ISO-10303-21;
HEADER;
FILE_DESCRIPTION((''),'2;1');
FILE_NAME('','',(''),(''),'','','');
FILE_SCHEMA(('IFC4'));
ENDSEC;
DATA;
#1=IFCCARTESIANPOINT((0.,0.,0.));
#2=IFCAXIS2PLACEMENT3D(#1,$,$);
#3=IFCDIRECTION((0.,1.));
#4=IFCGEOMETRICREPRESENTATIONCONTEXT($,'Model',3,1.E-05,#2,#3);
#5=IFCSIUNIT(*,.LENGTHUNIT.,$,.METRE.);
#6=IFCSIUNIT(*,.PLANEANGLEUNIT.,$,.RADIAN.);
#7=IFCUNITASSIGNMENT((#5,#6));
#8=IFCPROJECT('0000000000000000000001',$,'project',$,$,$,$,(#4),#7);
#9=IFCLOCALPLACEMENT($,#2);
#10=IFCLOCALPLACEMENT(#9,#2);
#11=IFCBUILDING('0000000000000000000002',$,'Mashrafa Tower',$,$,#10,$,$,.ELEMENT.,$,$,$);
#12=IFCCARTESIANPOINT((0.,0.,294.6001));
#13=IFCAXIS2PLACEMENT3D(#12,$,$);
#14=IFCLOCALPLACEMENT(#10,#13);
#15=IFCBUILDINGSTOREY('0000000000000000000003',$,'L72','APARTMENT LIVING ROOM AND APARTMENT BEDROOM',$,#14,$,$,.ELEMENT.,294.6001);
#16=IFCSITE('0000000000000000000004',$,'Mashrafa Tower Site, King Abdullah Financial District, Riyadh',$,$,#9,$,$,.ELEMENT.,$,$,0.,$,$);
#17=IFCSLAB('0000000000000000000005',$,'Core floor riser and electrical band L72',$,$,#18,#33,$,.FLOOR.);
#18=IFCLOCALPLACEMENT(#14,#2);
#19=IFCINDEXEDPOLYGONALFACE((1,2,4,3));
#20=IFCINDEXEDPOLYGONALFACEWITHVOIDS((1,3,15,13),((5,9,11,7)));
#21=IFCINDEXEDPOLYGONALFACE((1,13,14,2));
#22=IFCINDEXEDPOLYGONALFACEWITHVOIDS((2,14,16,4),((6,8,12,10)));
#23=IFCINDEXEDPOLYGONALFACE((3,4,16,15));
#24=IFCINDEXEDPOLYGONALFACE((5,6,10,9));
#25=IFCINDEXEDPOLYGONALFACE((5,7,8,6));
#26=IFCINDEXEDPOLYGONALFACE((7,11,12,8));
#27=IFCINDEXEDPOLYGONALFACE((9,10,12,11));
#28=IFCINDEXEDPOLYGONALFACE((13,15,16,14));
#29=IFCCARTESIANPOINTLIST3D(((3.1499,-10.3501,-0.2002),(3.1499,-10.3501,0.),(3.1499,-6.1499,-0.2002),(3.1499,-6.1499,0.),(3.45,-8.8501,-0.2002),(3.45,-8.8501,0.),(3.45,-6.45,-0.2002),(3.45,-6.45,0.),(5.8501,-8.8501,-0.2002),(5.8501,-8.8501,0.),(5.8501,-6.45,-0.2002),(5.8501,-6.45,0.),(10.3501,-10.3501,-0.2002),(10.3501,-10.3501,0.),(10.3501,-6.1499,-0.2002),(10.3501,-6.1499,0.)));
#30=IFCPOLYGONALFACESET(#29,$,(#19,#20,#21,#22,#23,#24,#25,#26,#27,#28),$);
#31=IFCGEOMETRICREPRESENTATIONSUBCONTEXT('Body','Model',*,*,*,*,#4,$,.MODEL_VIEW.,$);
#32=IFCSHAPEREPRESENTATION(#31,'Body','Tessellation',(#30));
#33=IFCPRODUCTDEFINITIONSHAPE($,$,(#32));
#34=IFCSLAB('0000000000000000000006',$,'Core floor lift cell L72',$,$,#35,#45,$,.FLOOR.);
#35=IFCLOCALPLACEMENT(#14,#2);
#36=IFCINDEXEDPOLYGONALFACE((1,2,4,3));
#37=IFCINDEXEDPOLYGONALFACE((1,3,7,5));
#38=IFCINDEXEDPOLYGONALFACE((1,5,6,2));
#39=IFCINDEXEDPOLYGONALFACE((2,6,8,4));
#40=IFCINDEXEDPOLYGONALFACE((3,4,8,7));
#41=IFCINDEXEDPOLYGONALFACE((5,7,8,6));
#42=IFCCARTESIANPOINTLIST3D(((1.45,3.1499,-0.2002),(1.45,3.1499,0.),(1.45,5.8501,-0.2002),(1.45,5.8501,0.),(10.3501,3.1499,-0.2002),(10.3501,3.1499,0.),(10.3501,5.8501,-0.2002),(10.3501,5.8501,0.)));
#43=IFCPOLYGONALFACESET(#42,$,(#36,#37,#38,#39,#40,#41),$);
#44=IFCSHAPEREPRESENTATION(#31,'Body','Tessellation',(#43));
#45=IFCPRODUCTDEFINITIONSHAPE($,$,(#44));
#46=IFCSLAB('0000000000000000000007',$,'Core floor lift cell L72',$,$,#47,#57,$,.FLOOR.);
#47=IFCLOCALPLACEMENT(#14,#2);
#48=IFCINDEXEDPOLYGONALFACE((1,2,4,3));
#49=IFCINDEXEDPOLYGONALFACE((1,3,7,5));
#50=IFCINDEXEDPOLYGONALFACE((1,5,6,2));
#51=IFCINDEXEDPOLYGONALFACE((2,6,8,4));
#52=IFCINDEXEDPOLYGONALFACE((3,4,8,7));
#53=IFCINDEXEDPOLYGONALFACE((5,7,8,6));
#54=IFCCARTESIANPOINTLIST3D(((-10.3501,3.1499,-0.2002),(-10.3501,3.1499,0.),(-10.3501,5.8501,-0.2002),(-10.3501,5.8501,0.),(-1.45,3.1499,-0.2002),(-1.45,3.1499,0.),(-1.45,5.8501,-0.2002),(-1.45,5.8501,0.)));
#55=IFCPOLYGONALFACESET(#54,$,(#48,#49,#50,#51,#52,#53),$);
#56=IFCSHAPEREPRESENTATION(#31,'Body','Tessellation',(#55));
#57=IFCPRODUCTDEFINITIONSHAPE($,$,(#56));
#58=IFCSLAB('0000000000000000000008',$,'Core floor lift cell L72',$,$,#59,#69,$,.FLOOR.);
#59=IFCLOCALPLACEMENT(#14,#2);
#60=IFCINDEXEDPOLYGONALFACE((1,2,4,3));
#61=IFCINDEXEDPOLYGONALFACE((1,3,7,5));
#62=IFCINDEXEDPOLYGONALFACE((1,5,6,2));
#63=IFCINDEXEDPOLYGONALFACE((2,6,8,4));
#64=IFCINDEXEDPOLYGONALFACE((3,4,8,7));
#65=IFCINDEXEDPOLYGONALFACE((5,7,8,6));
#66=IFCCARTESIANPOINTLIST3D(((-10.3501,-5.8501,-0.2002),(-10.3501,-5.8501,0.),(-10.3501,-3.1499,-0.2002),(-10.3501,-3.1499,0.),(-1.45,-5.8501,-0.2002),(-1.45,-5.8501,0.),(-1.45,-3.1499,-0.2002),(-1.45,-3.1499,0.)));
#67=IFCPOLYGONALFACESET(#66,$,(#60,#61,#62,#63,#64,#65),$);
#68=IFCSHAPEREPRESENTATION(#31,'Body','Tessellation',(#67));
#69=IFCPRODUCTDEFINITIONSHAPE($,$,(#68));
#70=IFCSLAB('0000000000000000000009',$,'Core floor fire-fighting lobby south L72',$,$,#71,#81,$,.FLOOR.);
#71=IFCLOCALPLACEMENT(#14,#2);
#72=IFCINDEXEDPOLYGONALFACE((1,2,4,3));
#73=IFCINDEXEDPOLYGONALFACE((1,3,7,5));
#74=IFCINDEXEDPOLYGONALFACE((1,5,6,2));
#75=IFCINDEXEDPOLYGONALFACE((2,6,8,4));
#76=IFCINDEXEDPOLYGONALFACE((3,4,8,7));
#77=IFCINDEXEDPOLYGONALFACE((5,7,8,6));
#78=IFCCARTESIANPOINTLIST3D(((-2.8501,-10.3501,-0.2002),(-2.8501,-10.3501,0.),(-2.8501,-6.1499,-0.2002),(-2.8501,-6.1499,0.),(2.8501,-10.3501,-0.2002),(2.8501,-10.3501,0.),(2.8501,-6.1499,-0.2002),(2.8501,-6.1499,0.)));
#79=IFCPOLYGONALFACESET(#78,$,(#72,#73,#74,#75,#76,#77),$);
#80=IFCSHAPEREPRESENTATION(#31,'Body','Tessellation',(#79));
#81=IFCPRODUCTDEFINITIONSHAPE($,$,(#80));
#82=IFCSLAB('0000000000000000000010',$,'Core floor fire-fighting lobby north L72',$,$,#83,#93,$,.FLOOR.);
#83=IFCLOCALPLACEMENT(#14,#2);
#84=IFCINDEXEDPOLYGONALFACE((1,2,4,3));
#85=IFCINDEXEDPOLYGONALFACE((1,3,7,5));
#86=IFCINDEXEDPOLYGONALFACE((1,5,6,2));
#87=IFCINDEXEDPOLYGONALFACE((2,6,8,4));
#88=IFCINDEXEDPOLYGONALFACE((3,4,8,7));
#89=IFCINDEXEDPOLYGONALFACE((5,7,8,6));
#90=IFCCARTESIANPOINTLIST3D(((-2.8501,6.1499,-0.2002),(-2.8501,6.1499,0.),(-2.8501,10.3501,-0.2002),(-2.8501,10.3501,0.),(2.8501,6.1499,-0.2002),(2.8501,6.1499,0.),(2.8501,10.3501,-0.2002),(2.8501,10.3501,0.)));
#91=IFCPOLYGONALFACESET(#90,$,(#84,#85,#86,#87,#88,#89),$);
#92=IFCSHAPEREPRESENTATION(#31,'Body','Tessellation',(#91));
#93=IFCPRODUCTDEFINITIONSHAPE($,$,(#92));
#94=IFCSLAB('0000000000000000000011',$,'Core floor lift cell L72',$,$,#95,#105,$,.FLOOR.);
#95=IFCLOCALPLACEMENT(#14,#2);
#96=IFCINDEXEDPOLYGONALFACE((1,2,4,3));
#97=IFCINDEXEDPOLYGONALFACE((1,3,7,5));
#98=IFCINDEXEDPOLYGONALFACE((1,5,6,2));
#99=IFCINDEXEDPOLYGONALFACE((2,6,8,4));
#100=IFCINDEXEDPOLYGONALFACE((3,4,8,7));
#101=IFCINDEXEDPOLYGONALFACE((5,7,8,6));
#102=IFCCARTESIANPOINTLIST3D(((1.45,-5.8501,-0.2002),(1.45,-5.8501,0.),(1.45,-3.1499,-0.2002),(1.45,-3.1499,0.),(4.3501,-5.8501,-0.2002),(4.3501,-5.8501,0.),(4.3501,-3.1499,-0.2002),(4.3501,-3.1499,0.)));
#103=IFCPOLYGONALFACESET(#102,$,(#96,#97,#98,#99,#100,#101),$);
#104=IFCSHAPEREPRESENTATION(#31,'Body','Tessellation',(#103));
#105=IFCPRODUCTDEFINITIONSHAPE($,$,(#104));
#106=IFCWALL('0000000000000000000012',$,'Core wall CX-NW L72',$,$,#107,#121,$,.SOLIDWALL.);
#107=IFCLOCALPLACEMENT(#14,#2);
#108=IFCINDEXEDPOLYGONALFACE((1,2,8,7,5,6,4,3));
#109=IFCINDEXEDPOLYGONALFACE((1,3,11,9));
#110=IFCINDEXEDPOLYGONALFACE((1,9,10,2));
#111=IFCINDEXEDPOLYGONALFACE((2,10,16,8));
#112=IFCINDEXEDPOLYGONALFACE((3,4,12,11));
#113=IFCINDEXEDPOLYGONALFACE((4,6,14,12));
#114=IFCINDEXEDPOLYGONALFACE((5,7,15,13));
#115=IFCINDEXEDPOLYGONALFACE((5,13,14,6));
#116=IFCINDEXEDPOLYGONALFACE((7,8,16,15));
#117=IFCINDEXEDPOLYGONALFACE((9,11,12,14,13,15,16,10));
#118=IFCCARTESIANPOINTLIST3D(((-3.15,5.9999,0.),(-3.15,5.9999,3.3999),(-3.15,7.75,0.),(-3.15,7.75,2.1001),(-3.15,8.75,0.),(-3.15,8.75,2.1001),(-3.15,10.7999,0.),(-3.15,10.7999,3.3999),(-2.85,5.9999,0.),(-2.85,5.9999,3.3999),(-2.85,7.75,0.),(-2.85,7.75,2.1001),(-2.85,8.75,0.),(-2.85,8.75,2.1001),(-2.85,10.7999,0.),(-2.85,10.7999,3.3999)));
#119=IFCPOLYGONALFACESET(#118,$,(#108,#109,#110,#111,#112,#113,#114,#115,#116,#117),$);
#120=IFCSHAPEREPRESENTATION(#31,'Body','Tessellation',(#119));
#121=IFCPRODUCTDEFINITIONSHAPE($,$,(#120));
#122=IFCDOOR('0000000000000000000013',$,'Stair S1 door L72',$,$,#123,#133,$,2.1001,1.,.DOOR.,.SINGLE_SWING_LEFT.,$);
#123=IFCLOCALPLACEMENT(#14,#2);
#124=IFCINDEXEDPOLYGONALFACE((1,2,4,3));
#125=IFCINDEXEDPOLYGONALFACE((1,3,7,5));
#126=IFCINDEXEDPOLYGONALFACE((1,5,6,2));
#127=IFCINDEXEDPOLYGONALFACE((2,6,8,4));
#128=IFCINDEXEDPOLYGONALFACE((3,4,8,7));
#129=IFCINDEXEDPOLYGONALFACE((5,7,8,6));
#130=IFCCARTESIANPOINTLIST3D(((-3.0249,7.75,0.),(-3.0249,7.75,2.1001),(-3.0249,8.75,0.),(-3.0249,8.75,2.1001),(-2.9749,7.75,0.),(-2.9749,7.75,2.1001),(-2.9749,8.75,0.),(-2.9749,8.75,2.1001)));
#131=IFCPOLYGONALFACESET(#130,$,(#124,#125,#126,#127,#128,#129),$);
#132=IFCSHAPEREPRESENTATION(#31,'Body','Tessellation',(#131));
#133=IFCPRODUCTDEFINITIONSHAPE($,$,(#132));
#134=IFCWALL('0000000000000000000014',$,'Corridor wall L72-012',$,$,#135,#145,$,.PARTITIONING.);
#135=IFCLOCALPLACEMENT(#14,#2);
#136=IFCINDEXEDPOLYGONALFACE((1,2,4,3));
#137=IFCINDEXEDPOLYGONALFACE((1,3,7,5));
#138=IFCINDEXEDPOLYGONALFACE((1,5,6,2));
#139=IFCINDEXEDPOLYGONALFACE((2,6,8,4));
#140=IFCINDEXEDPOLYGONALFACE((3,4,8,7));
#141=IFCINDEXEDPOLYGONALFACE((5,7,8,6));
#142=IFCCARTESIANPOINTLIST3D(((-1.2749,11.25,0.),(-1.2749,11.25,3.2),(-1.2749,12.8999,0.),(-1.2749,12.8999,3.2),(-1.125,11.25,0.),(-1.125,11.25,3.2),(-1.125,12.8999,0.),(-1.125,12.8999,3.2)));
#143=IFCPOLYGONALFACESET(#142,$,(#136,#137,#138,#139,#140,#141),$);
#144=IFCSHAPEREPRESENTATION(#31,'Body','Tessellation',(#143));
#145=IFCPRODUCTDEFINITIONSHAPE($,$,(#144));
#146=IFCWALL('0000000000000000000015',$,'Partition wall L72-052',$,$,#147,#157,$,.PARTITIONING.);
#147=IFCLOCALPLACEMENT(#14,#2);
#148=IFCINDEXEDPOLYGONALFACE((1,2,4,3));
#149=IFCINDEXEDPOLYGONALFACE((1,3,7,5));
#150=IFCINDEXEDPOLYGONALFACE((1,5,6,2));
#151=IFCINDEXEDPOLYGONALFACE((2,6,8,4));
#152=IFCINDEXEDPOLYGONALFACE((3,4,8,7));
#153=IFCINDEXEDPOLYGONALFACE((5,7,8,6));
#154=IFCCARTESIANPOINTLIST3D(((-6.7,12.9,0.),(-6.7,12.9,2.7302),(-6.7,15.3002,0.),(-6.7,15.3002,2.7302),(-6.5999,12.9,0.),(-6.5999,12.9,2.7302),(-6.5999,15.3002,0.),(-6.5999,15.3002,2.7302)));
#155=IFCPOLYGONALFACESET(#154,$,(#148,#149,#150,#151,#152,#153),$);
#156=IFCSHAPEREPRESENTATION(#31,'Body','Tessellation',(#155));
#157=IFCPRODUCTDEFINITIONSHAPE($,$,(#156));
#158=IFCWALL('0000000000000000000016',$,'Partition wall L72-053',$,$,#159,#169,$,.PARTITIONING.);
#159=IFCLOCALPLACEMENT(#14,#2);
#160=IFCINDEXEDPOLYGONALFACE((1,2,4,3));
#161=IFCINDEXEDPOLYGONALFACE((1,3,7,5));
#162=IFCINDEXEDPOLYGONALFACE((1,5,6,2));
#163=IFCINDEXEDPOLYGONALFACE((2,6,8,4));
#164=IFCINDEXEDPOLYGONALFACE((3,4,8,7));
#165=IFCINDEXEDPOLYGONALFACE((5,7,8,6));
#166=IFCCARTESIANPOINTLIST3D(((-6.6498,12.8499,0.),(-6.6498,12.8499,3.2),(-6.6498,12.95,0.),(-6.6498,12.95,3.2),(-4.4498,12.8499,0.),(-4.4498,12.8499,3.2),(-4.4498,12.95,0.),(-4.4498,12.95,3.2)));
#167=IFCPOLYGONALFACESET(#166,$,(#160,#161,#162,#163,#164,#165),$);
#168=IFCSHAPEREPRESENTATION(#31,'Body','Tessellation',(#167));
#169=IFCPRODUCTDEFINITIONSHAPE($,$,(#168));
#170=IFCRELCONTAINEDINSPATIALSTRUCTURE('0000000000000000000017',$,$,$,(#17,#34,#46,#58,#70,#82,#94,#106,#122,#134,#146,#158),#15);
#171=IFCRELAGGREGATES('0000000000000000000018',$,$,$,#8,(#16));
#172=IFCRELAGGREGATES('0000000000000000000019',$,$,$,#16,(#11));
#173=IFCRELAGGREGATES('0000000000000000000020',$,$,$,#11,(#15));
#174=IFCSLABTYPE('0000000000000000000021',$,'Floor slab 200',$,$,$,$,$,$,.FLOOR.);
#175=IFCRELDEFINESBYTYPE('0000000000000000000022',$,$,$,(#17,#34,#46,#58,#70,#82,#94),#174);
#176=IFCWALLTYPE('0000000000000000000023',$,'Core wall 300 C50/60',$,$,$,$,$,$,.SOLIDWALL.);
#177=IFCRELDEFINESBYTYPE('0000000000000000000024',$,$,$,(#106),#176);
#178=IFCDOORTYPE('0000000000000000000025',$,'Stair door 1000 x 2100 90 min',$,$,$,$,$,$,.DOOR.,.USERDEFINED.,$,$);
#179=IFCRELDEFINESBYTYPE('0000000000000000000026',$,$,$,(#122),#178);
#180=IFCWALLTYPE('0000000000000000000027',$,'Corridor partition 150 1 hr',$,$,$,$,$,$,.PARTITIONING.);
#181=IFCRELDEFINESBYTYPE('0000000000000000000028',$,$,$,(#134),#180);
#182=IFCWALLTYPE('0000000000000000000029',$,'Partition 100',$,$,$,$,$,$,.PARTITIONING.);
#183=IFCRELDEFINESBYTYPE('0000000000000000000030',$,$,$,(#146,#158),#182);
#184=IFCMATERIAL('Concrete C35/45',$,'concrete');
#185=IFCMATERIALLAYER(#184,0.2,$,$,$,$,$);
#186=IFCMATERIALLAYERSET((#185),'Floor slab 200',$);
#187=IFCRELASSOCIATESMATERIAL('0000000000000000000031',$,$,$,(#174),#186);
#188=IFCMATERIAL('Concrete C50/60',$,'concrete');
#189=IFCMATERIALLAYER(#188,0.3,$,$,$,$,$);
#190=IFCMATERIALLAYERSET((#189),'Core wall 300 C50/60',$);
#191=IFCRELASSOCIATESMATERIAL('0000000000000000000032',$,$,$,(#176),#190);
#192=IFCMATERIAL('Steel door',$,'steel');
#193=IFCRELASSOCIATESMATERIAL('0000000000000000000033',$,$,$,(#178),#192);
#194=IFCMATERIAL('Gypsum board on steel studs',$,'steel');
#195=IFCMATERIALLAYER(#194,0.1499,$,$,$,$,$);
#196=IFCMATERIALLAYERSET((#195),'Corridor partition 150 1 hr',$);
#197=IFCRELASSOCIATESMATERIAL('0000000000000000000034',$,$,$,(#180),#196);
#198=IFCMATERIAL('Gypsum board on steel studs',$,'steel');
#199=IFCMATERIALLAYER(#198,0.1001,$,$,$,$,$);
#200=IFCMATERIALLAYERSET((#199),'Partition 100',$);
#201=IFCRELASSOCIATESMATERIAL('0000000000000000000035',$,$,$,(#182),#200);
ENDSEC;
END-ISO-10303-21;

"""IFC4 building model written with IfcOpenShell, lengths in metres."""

from ifc_helpers import new_model, si_unit, direction, frame, frame_2d, origin, place, context, subcontext, project, spatial, polyline, rectangle, outline, extrude, material, layer, layer_set, type_object, element, fill, save


model = new_model("IFC4")

# Units and contexts
model_context = context("Model", 3, precision=1e-05, world=origin(), true_north=direction((0.0, 1.0)))
body_context = subcontext(model_context, "Body", "Model", "MODEL_VIEW")
ifc_project = project(units=[si_unit("LENGTHUNIT", "METRE"), si_unit("PLANEANGLEUNIT", "RADIAN")], contexts=[model_context])

# Site, building, storey
site_placement = place(None, origin())
site = spatial("IfcSite", under=ifc_project, at=site_placement, Name="Mashrafa Tower Site, King Abdullah Financial District, Riyadh", CompositionType="ELEMENT", RefElevation=0.0)
building_placement = place(site_placement, origin())
building = spatial("IfcBuilding", under=site, at=building_placement, Name="Mashrafa Tower", CompositionType="ELEMENT")
storey_placement = place(building_placement, frame((0.0, 0.0, 294.6001)))
storey = spatial("IfcBuildingStorey", under=building, at=storey_placement, Name="L72", Description="APARTMENT LIVING ROOM AND APARTMENT BEDROOM", CompositionType="ELEMENT", Elevation=294.6001)

# Slabs
ifc_material_1 = material(Name="Concrete C35/45", Category="concrete")
ifc_layer_1 = layer(ifc_material_1, 0.2)
ifc_layer_set_1 = layer_set([ifc_layer_1], Name="Floor slab 200")
slab_type = type_object("IfcSlabType", Name="Floor slab 200", PredefinedType="FLOOR", material=ifc_layer_set_1)
slab_1_placement = place(storey_placement, frame((0.0, 0.0, -0.2002)))
element("IfcSlab", 1, at=slab_1_placement, inside=storey, type_object=slab_type, Name="Core floor riser and electrical band L72", PredefinedType="FLOOR", context=body_context, shape_type="SweptSolid", body=[
    extrude(outline(polyline([(10.3501, -6.1499), (10.3501, -10.3501), (3.1499, -10.3501), (3.1499, -6.1499), (10.3501, -6.1499)]), holes=[polyline([(3.45, -8.8501), (5.8501, -8.8501), (5.8501, -6.45), (3.45, -6.45), (3.45, -8.8501)])]), origin(), (0.0, 0.0, 1.0), 0.2002),
])
slab_2_placement = place(storey_placement, frame((0.0, 0.0, -0.2002)))
element("IfcSlab", 2, at=slab_2_placement, inside=storey, type_object=slab_type, Name="Core floor lift cell L72", PredefinedType="FLOOR", context=body_context, shape_type="SweptSolid", body=[
    extrude(outline(polyline([(10.3501, 5.8501), (10.3501, 3.1499), (1.45, 3.1499), (1.45, 5.8501), (10.3501, 5.8501)])), origin(), (0.0, 0.0, 1.0), 0.2002),
])
slab_3_placement = place(storey_placement, frame((0.0, 0.0, -0.2002)))
element("IfcSlab", 3, at=slab_3_placement, inside=storey, type_object=slab_type, Name="Core floor lift cell L72", PredefinedType="FLOOR", context=body_context, shape_type="SweptSolid", body=[
    extrude(outline(polyline([(-1.45, 3.1499), (-10.3501, 3.1499), (-10.3501, 5.8501), (-1.45, 5.8501), (-1.45, 3.1499)])), origin(), (0.0, 0.0, 1.0), 0.2002),
])
slab_4_placement = place(storey_placement, frame((0.0, 0.0, -0.2002)))
element("IfcSlab", 4, at=slab_4_placement, inside=storey, type_object=slab_type, Name="Core floor lift cell L72", PredefinedType="FLOOR", context=body_context, shape_type="SweptSolid", body=[
    extrude(outline(polyline([(-1.45, -3.1499), (-1.45, -5.8501), (-10.3501, -5.8501), (-10.3501, -3.1499), (-1.45, -3.1499)])), origin(), (0.0, 0.0, 1.0), 0.2002),
])
slab_5_placement = place(storey_placement, frame((0.0, 0.0, -0.2002)))
element("IfcSlab", 5, at=slab_5_placement, inside=storey, type_object=slab_type, Name="Core floor fire-fighting lobby south L72", PredefinedType="FLOOR", context=body_context, shape_type="SweptSolid", body=[
    extrude(outline(polyline([(2.8501, -6.1499), (2.8501, -10.3501), (-2.8501, -10.3501), (-2.8501, -6.1499), (2.8501, -6.1499)])), origin(), (0.0, 0.0, 1.0), 0.2002),
])
slab_6_placement = place(storey_placement, frame((0.0, 0.0, -0.2002)))
element("IfcSlab", 6, at=slab_6_placement, inside=storey, type_object=slab_type, Name="Core floor fire-fighting lobby north L72", PredefinedType="FLOOR", context=body_context, shape_type="SweptSolid", body=[
    extrude(outline(polyline([(-2.8501, 10.3501), (2.8501, 10.3501), (2.8501, 6.1499), (-2.8501, 6.1499), (-2.8501, 10.3501)])), origin(), (0.0, 0.0, 1.0), 0.2002),
])
slab_7_placement = place(storey_placement, frame((0.0, 0.0, -0.2002)))
element("IfcSlab", 7, at=slab_7_placement, inside=storey, type_object=slab_type, Name="Core floor lift cell L72", PredefinedType="FLOOR", context=body_context, shape_type="SweptSolid", body=[
    extrude(outline(polyline([(4.3501, -3.1499), (4.3501, -5.8501), (1.45, -5.8501), (1.45, -3.1499), (4.3501, -3.1499)])), origin(), (0.0, 0.0, 1.0), 0.2002),
])

# Wall, opening, door
ifc_material_2 = material(Name="Concrete C50/60", Category="concrete")
ifc_layer_2 = layer(ifc_material_2, 0.3)
ifc_layer_set_2 = layer_set([ifc_layer_2], Name="Core wall 300 C50/60")
wall_type_1 = type_object("IfcWallType", Name="Core wall 300 C50/60", PredefinedType="SOLIDWALL", material=ifc_layer_set_2)
wall_1_placement = place(storey_placement, frame((-3.0, 6.0, 0.0), z_axis=(0.0, 0.0, 1.0), x_axis=(0.0, 1.0, 0.0)))
wall_1 = element("IfcWall", 8, at=wall_1_placement, inside=storey, type_object=wall_type_1, Name="Core wall CX-NW L72", PredefinedType="SOLIDWALL", context=body_context, shape_type="SweptSolid", body=[
    extrude(rectangle(XDim=4.8, YDim=0.3, at=frame_2d((2.3999, 0.0))), origin(), (0.0, 0.0, 1.0), 3.3999),
])
opening_1_placement = place(wall_1_placement, frame((1.75, 0.0, 0.0)))
opening_1 = element("IfcOpeningElement", 9, at=opening_1_placement, cuts=wall_1, PredefinedType="OPENING", context=body_context, shape_type="SweptSolid", body=[
    extrude(rectangle(XDim=1.0, YDim=2.1001, at=frame_2d((0.5, 1.05))), frame((0.0, 0.1599, 0.0), z_axis=(0.0, -1.0, 0.0), x_axis=(1.0, 0.0, 0.0)), (0.0, 0.0, 1.0), 0.3201),
])
ifc_material_3 = material(Name="Steel door", Category="steel")
door_type_1 = type_object("IfcDoorType", Name="Stair door 1000 x 2100 90 min", OperationType="USERDEFINED", PredefinedType="DOOR", material=ifc_material_3)
door_1_placement = place(opening_1_placement, origin())
door_1 = element("IfcDoor", 10, at=door_1_placement, inside=storey, type_object=door_type_1, Name="Stair S1 door L72", OperationType="SINGLE_SWING_LEFT", OverallHeight=2.1001, OverallWidth=1.0, PredefinedType="DOOR", context=body_context, shape_type="SweptSolid", body=[
    extrude(rectangle(XDim=1.0, YDim=2.1001, at=frame_2d((0.5, 1.05))), frame((0.0, 0.0249, 0.0), z_axis=(0.0, -1.0, 0.0), x_axis=(1.0, 0.0, 0.0)), (0.0, 0.0, 1.0), 0.05),
])
fill(opening_1, door_1)

# Walls
ifc_material_4 = material(Name="Gypsum board on steel studs", Category="steel")
ifc_layer_3 = layer(ifc_material_4, 0.1499)
ifc_layer_set_3 = layer_set([ifc_layer_3], Name="Corridor partition 150 1 hr")
wall_type_2 = type_object("IfcWallType", Name="Corridor partition 150 1 hr", PredefinedType="PARTITIONING", material=ifc_layer_set_3)
wall_2_placement = place(storey_placement, frame((-1.2, 12.8999, 0.0), z_axis=(0.0, 0.0, 1.0), x_axis=(0.0, -1.0, 0.0)))
element("IfcWall", 11, at=wall_2_placement, inside=storey, type_object=wall_type_2, Name="Corridor wall L72-012", PredefinedType="PARTITIONING", context=body_context, shape_type="SweptSolid", body=[
    extrude(rectangle(XDim=1.6499, YDim=0.1499, at=frame_2d((0.825, 0.0))), origin(), (0.0, 0.0, 1.0), 3.2),
])
ifc_material_5 = material(Name="Gypsum board on steel studs", Category="steel")
ifc_layer_4 = layer(ifc_material_5, 0.1001)
ifc_layer_set_4 = layer_set([ifc_layer_4], Name="Partition 100")
wall_type_3 = type_object("IfcWallType", Name="Partition 100", PredefinedType="PARTITIONING", material=ifc_layer_set_4)
wall_3_placement = place(storey_placement, frame((-6.6499, 12.8999, 0.0), z_axis=(0.0, 0.0, 1.0), x_axis=(0.0, 1.0, 0.0)))
element("IfcWall", 12, at=wall_3_placement, inside=storey, type_object=wall_type_3, Name="Partition wall L72-052", PredefinedType="PARTITIONING", context=body_context, shape_type="SweptSolid", body=[
    extrude(rectangle(XDim=2.4001, YDim=0.1001, at=frame_2d((1.2002, 0.0))), origin(), (0.0, 0.0, 1.0), 2.7302),
])
wall_4_placement = place(storey_placement, frame((-6.6499, 12.8999, 0.0), z_axis=(0.0, 0.0, 1.0), x_axis=(1.0, 0.0, 0.0)))
element("IfcWall", 13, at=wall_4_placement, inside=storey, type_object=wall_type_3, Name="Partition wall L72-053", PredefinedType="PARTITIONING", context=body_context, shape_type="SweptSolid", body=[
    extrude(rectangle(XDim=2.2, YDim=0.1001, at=frame_2d((1.1001, 0.0))), origin(), (0.0, 0.0, 1.0), 3.2),
])

save(model, "model.ifc")
